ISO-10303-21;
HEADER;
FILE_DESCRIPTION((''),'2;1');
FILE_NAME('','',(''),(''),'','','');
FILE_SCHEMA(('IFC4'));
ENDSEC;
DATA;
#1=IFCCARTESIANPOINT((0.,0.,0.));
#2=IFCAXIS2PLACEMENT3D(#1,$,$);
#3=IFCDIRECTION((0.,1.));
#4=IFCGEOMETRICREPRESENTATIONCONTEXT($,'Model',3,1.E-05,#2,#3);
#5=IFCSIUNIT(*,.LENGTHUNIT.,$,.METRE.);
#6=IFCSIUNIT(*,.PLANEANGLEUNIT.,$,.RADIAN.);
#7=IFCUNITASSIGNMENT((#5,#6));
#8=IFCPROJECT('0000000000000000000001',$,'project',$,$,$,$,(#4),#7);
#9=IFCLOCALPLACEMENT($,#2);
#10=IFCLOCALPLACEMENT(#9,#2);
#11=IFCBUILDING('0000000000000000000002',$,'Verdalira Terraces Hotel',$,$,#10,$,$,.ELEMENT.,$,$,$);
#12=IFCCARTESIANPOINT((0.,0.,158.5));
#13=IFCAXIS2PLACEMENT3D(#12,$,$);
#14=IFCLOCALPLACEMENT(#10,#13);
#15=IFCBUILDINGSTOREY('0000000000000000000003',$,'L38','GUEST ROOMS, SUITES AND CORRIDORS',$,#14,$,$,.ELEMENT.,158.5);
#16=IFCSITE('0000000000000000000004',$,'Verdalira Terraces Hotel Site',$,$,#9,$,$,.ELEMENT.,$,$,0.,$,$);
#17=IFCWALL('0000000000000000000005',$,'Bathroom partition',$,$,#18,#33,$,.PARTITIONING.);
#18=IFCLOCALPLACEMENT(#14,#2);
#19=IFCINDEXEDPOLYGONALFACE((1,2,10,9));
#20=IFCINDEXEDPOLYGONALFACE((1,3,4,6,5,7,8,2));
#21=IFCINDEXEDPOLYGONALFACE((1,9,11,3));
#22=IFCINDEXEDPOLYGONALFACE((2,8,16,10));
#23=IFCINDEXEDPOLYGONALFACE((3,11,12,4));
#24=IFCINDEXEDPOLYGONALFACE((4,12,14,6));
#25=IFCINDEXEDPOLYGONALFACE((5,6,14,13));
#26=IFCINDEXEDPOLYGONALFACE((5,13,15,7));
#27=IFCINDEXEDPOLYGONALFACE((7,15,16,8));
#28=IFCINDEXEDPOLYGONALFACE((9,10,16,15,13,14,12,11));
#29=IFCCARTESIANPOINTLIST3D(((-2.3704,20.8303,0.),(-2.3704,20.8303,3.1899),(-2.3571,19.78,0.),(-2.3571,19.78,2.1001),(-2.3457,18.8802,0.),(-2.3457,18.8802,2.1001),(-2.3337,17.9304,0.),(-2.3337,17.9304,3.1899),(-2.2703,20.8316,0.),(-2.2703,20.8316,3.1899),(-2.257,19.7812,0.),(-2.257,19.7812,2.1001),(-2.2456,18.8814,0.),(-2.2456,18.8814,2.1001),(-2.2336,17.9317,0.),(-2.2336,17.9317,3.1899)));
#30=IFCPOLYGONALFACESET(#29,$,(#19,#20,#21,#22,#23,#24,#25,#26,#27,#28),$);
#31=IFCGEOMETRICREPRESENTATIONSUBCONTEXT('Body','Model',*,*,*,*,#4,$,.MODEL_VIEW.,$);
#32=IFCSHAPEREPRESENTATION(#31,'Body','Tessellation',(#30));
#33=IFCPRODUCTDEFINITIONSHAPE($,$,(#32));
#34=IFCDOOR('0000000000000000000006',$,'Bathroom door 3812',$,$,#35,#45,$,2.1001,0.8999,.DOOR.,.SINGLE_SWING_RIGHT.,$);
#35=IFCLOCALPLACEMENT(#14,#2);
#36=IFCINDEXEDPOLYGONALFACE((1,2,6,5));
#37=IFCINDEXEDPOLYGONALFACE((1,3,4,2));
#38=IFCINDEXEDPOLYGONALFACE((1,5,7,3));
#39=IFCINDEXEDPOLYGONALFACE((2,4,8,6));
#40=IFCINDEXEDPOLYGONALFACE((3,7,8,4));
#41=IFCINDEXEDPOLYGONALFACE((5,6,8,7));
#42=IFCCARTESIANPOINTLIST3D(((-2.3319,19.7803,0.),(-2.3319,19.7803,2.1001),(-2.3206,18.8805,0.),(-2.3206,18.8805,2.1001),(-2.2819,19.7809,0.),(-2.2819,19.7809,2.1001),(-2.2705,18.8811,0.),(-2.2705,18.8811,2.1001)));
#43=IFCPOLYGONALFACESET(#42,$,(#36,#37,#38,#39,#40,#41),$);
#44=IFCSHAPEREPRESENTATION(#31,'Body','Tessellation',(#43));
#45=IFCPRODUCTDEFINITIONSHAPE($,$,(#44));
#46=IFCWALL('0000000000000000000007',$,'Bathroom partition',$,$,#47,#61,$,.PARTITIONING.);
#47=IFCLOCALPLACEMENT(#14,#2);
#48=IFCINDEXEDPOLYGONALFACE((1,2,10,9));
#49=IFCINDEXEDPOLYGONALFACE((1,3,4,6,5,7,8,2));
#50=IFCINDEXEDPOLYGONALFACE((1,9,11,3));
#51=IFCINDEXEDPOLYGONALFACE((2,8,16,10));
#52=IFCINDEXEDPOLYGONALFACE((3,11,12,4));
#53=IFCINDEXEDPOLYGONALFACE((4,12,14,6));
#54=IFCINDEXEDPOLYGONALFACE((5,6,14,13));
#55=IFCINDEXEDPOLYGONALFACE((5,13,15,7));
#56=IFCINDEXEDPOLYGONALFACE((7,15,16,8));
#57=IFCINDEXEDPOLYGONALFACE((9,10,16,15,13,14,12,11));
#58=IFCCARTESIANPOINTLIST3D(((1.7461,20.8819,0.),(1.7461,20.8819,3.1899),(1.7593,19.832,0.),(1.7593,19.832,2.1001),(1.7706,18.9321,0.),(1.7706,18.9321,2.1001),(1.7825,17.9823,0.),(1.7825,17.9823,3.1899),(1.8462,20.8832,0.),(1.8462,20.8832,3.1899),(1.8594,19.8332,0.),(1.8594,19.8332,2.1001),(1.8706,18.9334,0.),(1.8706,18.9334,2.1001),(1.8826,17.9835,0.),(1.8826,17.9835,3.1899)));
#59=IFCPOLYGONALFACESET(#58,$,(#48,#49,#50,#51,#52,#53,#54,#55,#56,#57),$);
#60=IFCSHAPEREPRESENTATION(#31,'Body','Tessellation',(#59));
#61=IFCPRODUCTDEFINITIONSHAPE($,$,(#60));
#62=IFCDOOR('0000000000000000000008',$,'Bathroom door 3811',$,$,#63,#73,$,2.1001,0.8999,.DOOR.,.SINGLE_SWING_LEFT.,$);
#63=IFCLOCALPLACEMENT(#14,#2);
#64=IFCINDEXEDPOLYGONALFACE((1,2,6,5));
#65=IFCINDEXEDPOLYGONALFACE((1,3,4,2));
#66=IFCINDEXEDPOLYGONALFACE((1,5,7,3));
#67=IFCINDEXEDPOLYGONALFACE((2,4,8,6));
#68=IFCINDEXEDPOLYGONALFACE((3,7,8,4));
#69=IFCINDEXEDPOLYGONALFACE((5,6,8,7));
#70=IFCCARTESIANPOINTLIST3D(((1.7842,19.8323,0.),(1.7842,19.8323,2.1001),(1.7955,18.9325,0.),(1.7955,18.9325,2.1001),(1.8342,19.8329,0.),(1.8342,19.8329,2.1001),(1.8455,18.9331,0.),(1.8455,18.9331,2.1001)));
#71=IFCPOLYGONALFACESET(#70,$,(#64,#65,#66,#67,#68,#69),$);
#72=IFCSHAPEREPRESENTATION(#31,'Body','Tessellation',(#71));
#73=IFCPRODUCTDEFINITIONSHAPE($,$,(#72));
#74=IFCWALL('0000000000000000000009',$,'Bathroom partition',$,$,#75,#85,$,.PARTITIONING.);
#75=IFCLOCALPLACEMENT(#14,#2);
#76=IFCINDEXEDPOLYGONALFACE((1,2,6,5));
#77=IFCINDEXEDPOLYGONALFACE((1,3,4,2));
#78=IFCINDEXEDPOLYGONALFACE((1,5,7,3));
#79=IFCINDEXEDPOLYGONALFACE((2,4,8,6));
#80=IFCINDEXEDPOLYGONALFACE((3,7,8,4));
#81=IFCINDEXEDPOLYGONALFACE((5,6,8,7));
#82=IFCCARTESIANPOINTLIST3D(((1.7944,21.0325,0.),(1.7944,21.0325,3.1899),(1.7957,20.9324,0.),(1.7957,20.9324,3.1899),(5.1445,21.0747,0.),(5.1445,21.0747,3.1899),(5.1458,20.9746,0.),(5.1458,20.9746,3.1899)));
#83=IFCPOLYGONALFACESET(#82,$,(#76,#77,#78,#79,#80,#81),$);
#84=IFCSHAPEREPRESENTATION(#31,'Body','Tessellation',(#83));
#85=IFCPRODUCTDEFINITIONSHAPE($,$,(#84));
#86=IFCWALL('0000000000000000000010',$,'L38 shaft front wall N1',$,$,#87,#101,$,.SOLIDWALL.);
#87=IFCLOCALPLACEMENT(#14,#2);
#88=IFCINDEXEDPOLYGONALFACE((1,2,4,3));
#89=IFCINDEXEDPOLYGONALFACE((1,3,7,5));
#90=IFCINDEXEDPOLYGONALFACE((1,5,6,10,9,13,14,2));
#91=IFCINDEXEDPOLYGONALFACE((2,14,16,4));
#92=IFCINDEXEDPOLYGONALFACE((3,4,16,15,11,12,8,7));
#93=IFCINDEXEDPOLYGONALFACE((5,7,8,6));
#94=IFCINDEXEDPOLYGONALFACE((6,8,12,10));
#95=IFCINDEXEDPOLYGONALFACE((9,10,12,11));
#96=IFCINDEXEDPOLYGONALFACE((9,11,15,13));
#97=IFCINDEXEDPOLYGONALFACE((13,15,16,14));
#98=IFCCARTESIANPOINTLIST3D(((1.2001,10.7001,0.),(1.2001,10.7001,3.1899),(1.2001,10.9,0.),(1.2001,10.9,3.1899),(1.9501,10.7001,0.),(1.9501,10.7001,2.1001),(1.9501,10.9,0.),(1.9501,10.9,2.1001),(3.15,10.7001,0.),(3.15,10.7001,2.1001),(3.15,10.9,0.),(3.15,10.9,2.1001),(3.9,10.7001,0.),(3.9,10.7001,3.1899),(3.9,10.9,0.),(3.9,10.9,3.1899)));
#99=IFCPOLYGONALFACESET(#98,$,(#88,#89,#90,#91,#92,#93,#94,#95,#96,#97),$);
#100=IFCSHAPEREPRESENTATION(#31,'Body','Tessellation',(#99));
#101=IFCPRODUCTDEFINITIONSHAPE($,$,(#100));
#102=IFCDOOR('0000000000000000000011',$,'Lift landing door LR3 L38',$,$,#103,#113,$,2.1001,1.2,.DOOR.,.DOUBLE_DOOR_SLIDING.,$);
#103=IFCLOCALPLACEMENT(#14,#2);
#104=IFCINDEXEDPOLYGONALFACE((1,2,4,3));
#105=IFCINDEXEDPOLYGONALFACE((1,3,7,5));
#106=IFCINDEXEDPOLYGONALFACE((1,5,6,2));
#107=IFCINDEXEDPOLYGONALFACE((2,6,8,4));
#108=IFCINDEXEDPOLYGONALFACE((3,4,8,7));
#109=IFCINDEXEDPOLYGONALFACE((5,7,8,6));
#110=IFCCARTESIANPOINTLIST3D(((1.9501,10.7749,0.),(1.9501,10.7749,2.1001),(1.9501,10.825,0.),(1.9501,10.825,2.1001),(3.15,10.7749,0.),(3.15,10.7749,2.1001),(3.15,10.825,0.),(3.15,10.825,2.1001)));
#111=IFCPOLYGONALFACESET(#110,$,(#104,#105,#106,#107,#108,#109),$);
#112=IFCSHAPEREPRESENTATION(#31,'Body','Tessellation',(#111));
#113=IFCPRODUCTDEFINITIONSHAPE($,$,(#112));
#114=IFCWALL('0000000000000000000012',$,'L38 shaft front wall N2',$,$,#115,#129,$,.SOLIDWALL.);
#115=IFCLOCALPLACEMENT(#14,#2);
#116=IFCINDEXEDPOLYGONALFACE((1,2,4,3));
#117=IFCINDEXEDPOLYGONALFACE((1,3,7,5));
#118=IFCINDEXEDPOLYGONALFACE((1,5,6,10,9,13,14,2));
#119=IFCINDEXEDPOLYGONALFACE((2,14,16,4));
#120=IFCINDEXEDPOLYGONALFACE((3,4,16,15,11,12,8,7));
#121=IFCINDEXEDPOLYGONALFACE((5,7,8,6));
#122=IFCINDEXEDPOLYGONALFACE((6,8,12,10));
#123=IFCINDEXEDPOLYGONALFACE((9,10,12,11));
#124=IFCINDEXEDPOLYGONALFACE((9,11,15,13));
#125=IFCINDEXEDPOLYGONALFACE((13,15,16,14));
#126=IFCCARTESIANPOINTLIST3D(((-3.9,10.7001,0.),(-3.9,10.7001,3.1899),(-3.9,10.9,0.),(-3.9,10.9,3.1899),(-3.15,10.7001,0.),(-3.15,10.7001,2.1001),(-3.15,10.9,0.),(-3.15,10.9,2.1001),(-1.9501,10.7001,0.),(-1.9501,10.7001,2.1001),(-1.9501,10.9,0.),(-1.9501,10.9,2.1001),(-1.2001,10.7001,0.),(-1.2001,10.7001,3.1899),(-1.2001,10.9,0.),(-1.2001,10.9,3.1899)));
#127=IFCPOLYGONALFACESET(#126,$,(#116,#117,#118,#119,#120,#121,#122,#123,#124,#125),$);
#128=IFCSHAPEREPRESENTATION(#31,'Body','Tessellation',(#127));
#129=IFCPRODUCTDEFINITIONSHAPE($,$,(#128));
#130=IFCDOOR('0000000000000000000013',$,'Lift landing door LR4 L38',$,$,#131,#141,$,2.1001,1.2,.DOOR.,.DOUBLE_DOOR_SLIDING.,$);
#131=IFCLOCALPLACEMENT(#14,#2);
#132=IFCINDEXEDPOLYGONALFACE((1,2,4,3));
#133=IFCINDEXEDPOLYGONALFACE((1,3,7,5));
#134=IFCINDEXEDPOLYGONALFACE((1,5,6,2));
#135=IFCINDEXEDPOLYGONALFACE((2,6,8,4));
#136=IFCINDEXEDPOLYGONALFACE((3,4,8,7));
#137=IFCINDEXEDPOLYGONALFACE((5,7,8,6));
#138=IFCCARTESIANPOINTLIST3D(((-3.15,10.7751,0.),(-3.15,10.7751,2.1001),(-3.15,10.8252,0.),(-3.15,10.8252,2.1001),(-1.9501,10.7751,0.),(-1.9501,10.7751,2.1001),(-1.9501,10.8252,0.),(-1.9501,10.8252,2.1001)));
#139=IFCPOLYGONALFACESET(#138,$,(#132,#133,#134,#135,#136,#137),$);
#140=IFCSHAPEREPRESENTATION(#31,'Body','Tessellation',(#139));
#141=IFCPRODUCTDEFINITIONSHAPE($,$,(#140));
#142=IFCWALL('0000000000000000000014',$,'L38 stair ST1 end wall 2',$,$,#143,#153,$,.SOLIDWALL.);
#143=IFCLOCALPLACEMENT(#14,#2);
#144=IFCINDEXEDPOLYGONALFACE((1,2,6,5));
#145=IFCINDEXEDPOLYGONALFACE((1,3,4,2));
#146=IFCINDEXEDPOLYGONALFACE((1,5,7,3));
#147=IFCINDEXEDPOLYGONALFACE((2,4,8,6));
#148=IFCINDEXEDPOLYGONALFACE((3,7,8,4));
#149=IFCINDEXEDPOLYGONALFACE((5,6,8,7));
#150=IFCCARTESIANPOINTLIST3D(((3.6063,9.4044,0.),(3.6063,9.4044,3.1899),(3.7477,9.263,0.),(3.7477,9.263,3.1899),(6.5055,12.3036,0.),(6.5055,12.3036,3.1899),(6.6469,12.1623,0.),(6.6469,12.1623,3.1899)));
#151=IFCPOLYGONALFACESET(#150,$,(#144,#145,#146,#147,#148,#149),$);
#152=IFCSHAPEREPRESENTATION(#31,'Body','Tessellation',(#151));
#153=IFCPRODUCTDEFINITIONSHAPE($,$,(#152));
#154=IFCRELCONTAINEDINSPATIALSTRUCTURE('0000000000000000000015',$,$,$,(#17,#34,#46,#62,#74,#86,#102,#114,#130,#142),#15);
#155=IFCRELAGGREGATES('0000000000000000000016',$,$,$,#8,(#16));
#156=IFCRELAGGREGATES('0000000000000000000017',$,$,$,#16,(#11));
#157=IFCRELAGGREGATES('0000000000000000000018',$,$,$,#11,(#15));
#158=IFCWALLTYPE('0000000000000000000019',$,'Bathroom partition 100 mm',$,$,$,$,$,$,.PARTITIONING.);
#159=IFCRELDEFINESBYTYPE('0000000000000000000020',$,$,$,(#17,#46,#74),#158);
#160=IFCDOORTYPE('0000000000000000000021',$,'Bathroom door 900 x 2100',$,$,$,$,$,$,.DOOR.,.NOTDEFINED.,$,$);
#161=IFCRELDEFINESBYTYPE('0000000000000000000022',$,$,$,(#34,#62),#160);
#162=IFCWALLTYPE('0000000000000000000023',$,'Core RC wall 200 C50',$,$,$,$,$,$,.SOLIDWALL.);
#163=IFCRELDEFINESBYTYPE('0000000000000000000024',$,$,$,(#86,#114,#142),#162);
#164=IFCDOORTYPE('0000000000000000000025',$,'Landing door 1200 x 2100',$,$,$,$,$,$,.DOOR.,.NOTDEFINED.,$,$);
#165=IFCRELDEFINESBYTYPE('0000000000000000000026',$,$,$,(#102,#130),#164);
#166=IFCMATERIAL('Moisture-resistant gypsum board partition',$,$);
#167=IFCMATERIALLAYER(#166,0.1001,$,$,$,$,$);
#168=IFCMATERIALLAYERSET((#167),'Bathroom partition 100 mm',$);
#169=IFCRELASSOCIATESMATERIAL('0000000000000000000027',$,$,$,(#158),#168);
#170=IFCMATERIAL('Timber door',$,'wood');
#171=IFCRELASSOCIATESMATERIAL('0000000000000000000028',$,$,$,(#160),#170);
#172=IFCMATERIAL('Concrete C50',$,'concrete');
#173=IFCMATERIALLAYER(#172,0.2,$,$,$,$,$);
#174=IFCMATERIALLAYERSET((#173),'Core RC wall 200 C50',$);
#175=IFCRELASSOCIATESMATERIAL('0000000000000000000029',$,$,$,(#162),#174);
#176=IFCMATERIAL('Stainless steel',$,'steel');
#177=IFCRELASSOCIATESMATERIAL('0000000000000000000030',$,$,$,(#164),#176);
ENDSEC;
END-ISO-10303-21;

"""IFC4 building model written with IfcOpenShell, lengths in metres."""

from ifc_helpers import new_model, si_unit, direction, frame, frame_2d, origin, place, context, subcontext, project, spatial, rectangle, extrude, material, layer, layer_set, type_object, element, fill, save


model = new_model("IFC4")

# Units and contexts
model_context = context("Model", 3, precision=1e-05, world=origin(), true_north=direction((0.0, 1.0)))
body_context = subcontext(model_context, "Body", "Model", "MODEL_VIEW")
ifc_project = project(units=[si_unit("LENGTHUNIT", "METRE"), si_unit("PLANEANGLEUNIT", "RADIAN")], contexts=[model_context])

# Site, building, storey
site_placement = place(None, origin())
site = spatial("IfcSite", under=ifc_project, at=site_placement, Name="Verdalira Terraces Hotel Site", CompositionType="ELEMENT", RefElevation=0.0)
building_placement = place(site_placement, origin())
building = spatial("IfcBuilding", under=site, at=building_placement, Name="Verdalira Terraces Hotel", CompositionType="ELEMENT")
storey_placement = place(building_placement, frame((0.0, 0.0, 158.5)))
storey = spatial("IfcBuildingStorey", under=building, at=storey_placement, Name="L38", Description="GUEST ROOMS, SUITES AND CORRIDORS", CompositionType="ELEMENT", Elevation=158.5)

# Walls, openings, doors
ifc_material_1 = material(Name="Moisture-resistant gypsum board partition")
ifc_layer_1 = layer(ifc_material_1, 0.1001)
ifc_layer_set_1 = layer_set([ifc_layer_1], Name="Bathroom partition 100 mm")
wall_type_1 = type_object("IfcWallType", Name="Bathroom partition 100 mm", PredefinedType="PARTITIONING", material=ifc_layer_set_1)
wall_1_placement = place(storey_placement, frame((-2.2837, 17.9309, 0.0), z_axis=(0.0, 0.0, 1.0), x_axis=(-0.012627, 0.99992, 0.0)))
wall_1 = element("IfcWall", 1, at=wall_1_placement, inside=storey, type_object=wall_type_1, Name="Bathroom partition", PredefinedType="PARTITIONING", context=body_context, shape_type="SweptSolid", body=[
    extrude(rectangle(XDim=2.9001, YDim=0.1001, at=frame_2d((1.4502, 0.0))), origin(), (0.0, 0.0, 1.0), 3.1899),
])
opening_1_placement = place(wall_1_placement, frame((0.95, 0.0, 0.0)))
opening_1 = element("IfcOpeningElement", 2, at=opening_1_placement, cuts=wall_1, PredefinedType="OPENING", context=body_context, shape_type="SweptSolid", body=[
    extrude(rectangle(XDim=0.8999, YDim=2.1001, at=frame_2d((0.45, 1.05))), frame((0.0, 0.0601, 0.0), z_axis=(0.0, -1.0, 0.0), x_axis=(1.0, 0.0, 0.0)), (0.0, 0.0, 1.0), 0.1201),
])
ifc_material_2 = material(Name="Timber door", Category="wood")
door_type_1 = type_object("IfcDoorType", Name="Bathroom door 900 x 2100", OperationType="NOTDEFINED", PredefinedType="DOOR", material=ifc_material_2)
door_1_placement = place(opening_1_placement, origin())
door_1 = element("IfcDoor", 3, at=door_1_placement, inside=storey, type_object=door_type_1, Name="Bathroom door 3812", OperationType="SINGLE_SWING_RIGHT", OverallHeight=2.1001, OverallWidth=0.8999, PredefinedType="DOOR", context=body_context, shape_type="SweptSolid", body=[
    extrude(rectangle(XDim=0.8999, YDim=2.1001, at=frame_2d((0.45, 1.05))), frame((0.0, 0.0249, 0.0), z_axis=(0.0, -1.0, 0.0), x_axis=(1.0, 0.0, 0.0)), (0.0, 0.0, 1.0), 0.05),
])
fill(opening_1, door_1)
wall_2_placement = place(storey_placement, frame((1.7961, 20.8826, 0.0), z_axis=(0.0, 0.0, 1.0), x_axis=(0.012544, -0.999921, 0.0)))
wall_2 = element("IfcWall", 4, at=wall_2_placement, inside=storey, type_object=wall_type_1, Name="Bathroom partition", PredefinedType="PARTITIONING", context=body_context, shape_type="SweptSolid", body=[
    extrude(rectangle(XDim=2.8999, YDim=0.1001, at=frame_2d((1.45, 0.0))), origin(), (0.0, 0.0, 1.0), 3.1899),
])
opening_2_placement = place(wall_2_placement, frame((1.05, 0.0, 0.0)))
opening_2 = element("IfcOpeningElement", 5, at=opening_2_placement, cuts=wall_2, PredefinedType="OPENING", context=body_context, shape_type="SweptSolid", body=[
    extrude(rectangle(XDim=0.8999, YDim=2.1001, at=frame_2d((0.45, 1.05))), frame((0.0, 0.0601, 0.0), z_axis=(0.0, -1.0, 0.0), x_axis=(1.0, 0.0, 0.0)), (0.0, 0.0, 1.0), 0.1201),
])
door_2_placement = place(opening_2_placement, origin())
door_2 = element("IfcDoor", 6, at=door_2_placement, inside=storey, type_object=door_type_1, Name="Bathroom door 3811", OperationType="SINGLE_SWING_LEFT", OverallHeight=2.1001, OverallWidth=0.8999, PredefinedType="DOOR", context=body_context, shape_type="SweptSolid", body=[
    extrude(rectangle(XDim=0.8999, YDim=2.1001, at=frame_2d((0.45, 1.05))), frame((0.0, 0.0249, 0.0), z_axis=(0.0, -1.0, 0.0), x_axis=(1.0, 0.0, 0.0)), (0.0, 0.0, 1.0), 0.05),
])
fill(opening_2, door_2)

# Wall
wall_3_placement = place(storey_placement, frame((1.7949, 20.9824, 0.0), z_axis=(0.0, 0.0, 1.0), x_axis=(0.999921, 0.012606, 0.0)))
element("IfcWall", 7, at=wall_3_placement, inside=storey, type_object=wall_type_1, Name="Bathroom partition", PredefinedType="PARTITIONING", context=body_context, shape_type="SweptSolid", body=[
    extrude(rectangle(XDim=3.3503, YDim=0.1001, at=frame_2d((1.6753, 0.0))), origin(), (0.0, 0.0, 1.0), 3.1899),
])

# Walls, openings, doors
ifc_material_3 = material(Name="Concrete C50", Category="concrete")
ifc_layer_2 = layer(ifc_material_3, 0.2)
ifc_layer_set_2 = layer_set([ifc_layer_2], Name="Core RC wall 200 C50")
wall_type_2 = type_object("IfcWallType", Name="Core RC wall 200 C50", PredefinedType="SOLIDWALL", material=ifc_layer_set_2)
wall_4_placement = place(storey_placement, frame((1.2, 10.8, 0.0), z_axis=(0.0, 0.0, 1.0), x_axis=(1.0, 0.0, 0.0)))
wall_4 = element("IfcWall", 8, at=wall_4_placement, inside=storey, type_object=wall_type_2, Name="L38 shaft front wall N1", PredefinedType="SOLIDWALL", context=body_context, shape_type="SweptSolid", body=[
    extrude(rectangle(XDim=2.7, YDim=0.2, at=frame_2d((1.3501, 0.0))), origin(), (0.0, 0.0, 1.0), 3.1899),
])
opening_3_placement = place(wall_4_placement, frame((0.75, 0.0, 0.0)))
opening_3 = element("IfcOpeningElement", 9, at=opening_3_placement, cuts=wall_4, PredefinedType="OPENING", context=body_context, shape_type="SweptSolid", body=[
    extrude(rectangle(XDim=1.2, YDim=2.1001, at=frame_2d((0.6001, 1.05))), frame((0.0, 0.1099, 0.0), z_axis=(0.0, -1.0, 0.0), x_axis=(1.0, 0.0, 0.0)), (0.0, 0.0, 1.0), 0.22),
])
ifc_material_4 = material(Name="Stainless steel", Category="steel")
door_type_2 = type_object("IfcDoorType", Name="Landing door 1200 x 2100", OperationType="NOTDEFINED", PredefinedType="DOOR", material=ifc_material_4)
door_3_placement = place(opening_3_placement, origin())
door_3 = element("IfcDoor", 10, at=door_3_placement, inside=storey, type_object=door_type_2, Name="Lift landing door LR3 L38", OperationType="DOUBLE_DOOR_SLIDING", OverallHeight=2.1001, OverallWidth=1.2, PredefinedType="DOOR", context=body_context, shape_type="SweptSolid", body=[
    extrude(rectangle(XDim=1.2, YDim=2.1001, at=frame_2d((0.6001, 1.05))), frame((0.0, 0.0249, 0.0), z_axis=(0.0, -1.0, 0.0), x_axis=(1.0, 0.0, 0.0)), (0.0, 0.0, 1.0), 0.05),
])
fill(opening_3, door_3)
wall_5_placement = place(storey_placement, frame((-1.2, 10.8, 0.0), z_axis=(0.0, 0.0, 1.0), x_axis=(-1.0, 0.0, 0.0)))
wall_5 = element("IfcWall", 11, at=wall_5_placement, inside=storey, type_object=wall_type_2, Name="L38 shaft front wall N2", PredefinedType="SOLIDWALL", context=body_context, shape_type="SweptSolid", body=[
    extrude(rectangle(XDim=2.7, YDim=0.2, at=frame_2d((1.3501, 0.0))), origin(), (0.0, 0.0, 1.0), 3.1899),
])
opening_4_placement = place(wall_5_placement, frame((0.75, 0.0, 0.0)))
opening_4 = element("IfcOpeningElement", 12, at=opening_4_placement, cuts=wall_5, PredefinedType="OPENING", context=body_context, shape_type="SweptSolid", body=[
    extrude(rectangle(XDim=1.2, YDim=2.1001, at=frame_2d((0.6001, 1.05))), frame((0.0, 0.1099, 0.0), z_axis=(0.0, -1.0, 0.0), x_axis=(1.0, 0.0, 0.0)), (0.0, 0.0, 1.0), 0.22),
])
door_4_placement = place(opening_4_placement, origin())
door_4 = element("IfcDoor", 13, at=door_4_placement, inside=storey, type_object=door_type_2, Name="Lift landing door LR4 L38", OperationType="DOUBLE_DOOR_SLIDING", OverallHeight=2.1001, OverallWidth=1.2, PredefinedType="DOOR", context=body_context, shape_type="SweptSolid", body=[
    extrude(rectangle(XDim=1.2, YDim=2.1001, at=frame_2d((0.6001, 1.05))), frame((0.0, 0.0249, 0.0), z_axis=(0.0, -1.0, 0.0), x_axis=(1.0, 0.0, 0.0)), (0.0, 0.0, 1.0), 0.05),
])
fill(opening_4, door_4)

# Wall
wall_6_placement = place(storey_placement, frame((3.677, 9.3337, 0.0), z_axis=(0.0, 0.0, 1.0), x_axis=(0.707107, 0.707107, 0.0)))
element("IfcWall", 14, at=wall_6_placement, inside=storey, type_object=wall_type_2, Name="L38 stair ST1 end wall 2", PredefinedType="SOLIDWALL", context=body_context, shape_type="SweptSolid", body=[
    extrude(rectangle(XDim=4.1001, YDim=0.2, at=frame_2d((2.05, 0.0))), origin(), (0.0, 0.0, 1.0), 3.1899),
])

save(model, "model.ifc")
